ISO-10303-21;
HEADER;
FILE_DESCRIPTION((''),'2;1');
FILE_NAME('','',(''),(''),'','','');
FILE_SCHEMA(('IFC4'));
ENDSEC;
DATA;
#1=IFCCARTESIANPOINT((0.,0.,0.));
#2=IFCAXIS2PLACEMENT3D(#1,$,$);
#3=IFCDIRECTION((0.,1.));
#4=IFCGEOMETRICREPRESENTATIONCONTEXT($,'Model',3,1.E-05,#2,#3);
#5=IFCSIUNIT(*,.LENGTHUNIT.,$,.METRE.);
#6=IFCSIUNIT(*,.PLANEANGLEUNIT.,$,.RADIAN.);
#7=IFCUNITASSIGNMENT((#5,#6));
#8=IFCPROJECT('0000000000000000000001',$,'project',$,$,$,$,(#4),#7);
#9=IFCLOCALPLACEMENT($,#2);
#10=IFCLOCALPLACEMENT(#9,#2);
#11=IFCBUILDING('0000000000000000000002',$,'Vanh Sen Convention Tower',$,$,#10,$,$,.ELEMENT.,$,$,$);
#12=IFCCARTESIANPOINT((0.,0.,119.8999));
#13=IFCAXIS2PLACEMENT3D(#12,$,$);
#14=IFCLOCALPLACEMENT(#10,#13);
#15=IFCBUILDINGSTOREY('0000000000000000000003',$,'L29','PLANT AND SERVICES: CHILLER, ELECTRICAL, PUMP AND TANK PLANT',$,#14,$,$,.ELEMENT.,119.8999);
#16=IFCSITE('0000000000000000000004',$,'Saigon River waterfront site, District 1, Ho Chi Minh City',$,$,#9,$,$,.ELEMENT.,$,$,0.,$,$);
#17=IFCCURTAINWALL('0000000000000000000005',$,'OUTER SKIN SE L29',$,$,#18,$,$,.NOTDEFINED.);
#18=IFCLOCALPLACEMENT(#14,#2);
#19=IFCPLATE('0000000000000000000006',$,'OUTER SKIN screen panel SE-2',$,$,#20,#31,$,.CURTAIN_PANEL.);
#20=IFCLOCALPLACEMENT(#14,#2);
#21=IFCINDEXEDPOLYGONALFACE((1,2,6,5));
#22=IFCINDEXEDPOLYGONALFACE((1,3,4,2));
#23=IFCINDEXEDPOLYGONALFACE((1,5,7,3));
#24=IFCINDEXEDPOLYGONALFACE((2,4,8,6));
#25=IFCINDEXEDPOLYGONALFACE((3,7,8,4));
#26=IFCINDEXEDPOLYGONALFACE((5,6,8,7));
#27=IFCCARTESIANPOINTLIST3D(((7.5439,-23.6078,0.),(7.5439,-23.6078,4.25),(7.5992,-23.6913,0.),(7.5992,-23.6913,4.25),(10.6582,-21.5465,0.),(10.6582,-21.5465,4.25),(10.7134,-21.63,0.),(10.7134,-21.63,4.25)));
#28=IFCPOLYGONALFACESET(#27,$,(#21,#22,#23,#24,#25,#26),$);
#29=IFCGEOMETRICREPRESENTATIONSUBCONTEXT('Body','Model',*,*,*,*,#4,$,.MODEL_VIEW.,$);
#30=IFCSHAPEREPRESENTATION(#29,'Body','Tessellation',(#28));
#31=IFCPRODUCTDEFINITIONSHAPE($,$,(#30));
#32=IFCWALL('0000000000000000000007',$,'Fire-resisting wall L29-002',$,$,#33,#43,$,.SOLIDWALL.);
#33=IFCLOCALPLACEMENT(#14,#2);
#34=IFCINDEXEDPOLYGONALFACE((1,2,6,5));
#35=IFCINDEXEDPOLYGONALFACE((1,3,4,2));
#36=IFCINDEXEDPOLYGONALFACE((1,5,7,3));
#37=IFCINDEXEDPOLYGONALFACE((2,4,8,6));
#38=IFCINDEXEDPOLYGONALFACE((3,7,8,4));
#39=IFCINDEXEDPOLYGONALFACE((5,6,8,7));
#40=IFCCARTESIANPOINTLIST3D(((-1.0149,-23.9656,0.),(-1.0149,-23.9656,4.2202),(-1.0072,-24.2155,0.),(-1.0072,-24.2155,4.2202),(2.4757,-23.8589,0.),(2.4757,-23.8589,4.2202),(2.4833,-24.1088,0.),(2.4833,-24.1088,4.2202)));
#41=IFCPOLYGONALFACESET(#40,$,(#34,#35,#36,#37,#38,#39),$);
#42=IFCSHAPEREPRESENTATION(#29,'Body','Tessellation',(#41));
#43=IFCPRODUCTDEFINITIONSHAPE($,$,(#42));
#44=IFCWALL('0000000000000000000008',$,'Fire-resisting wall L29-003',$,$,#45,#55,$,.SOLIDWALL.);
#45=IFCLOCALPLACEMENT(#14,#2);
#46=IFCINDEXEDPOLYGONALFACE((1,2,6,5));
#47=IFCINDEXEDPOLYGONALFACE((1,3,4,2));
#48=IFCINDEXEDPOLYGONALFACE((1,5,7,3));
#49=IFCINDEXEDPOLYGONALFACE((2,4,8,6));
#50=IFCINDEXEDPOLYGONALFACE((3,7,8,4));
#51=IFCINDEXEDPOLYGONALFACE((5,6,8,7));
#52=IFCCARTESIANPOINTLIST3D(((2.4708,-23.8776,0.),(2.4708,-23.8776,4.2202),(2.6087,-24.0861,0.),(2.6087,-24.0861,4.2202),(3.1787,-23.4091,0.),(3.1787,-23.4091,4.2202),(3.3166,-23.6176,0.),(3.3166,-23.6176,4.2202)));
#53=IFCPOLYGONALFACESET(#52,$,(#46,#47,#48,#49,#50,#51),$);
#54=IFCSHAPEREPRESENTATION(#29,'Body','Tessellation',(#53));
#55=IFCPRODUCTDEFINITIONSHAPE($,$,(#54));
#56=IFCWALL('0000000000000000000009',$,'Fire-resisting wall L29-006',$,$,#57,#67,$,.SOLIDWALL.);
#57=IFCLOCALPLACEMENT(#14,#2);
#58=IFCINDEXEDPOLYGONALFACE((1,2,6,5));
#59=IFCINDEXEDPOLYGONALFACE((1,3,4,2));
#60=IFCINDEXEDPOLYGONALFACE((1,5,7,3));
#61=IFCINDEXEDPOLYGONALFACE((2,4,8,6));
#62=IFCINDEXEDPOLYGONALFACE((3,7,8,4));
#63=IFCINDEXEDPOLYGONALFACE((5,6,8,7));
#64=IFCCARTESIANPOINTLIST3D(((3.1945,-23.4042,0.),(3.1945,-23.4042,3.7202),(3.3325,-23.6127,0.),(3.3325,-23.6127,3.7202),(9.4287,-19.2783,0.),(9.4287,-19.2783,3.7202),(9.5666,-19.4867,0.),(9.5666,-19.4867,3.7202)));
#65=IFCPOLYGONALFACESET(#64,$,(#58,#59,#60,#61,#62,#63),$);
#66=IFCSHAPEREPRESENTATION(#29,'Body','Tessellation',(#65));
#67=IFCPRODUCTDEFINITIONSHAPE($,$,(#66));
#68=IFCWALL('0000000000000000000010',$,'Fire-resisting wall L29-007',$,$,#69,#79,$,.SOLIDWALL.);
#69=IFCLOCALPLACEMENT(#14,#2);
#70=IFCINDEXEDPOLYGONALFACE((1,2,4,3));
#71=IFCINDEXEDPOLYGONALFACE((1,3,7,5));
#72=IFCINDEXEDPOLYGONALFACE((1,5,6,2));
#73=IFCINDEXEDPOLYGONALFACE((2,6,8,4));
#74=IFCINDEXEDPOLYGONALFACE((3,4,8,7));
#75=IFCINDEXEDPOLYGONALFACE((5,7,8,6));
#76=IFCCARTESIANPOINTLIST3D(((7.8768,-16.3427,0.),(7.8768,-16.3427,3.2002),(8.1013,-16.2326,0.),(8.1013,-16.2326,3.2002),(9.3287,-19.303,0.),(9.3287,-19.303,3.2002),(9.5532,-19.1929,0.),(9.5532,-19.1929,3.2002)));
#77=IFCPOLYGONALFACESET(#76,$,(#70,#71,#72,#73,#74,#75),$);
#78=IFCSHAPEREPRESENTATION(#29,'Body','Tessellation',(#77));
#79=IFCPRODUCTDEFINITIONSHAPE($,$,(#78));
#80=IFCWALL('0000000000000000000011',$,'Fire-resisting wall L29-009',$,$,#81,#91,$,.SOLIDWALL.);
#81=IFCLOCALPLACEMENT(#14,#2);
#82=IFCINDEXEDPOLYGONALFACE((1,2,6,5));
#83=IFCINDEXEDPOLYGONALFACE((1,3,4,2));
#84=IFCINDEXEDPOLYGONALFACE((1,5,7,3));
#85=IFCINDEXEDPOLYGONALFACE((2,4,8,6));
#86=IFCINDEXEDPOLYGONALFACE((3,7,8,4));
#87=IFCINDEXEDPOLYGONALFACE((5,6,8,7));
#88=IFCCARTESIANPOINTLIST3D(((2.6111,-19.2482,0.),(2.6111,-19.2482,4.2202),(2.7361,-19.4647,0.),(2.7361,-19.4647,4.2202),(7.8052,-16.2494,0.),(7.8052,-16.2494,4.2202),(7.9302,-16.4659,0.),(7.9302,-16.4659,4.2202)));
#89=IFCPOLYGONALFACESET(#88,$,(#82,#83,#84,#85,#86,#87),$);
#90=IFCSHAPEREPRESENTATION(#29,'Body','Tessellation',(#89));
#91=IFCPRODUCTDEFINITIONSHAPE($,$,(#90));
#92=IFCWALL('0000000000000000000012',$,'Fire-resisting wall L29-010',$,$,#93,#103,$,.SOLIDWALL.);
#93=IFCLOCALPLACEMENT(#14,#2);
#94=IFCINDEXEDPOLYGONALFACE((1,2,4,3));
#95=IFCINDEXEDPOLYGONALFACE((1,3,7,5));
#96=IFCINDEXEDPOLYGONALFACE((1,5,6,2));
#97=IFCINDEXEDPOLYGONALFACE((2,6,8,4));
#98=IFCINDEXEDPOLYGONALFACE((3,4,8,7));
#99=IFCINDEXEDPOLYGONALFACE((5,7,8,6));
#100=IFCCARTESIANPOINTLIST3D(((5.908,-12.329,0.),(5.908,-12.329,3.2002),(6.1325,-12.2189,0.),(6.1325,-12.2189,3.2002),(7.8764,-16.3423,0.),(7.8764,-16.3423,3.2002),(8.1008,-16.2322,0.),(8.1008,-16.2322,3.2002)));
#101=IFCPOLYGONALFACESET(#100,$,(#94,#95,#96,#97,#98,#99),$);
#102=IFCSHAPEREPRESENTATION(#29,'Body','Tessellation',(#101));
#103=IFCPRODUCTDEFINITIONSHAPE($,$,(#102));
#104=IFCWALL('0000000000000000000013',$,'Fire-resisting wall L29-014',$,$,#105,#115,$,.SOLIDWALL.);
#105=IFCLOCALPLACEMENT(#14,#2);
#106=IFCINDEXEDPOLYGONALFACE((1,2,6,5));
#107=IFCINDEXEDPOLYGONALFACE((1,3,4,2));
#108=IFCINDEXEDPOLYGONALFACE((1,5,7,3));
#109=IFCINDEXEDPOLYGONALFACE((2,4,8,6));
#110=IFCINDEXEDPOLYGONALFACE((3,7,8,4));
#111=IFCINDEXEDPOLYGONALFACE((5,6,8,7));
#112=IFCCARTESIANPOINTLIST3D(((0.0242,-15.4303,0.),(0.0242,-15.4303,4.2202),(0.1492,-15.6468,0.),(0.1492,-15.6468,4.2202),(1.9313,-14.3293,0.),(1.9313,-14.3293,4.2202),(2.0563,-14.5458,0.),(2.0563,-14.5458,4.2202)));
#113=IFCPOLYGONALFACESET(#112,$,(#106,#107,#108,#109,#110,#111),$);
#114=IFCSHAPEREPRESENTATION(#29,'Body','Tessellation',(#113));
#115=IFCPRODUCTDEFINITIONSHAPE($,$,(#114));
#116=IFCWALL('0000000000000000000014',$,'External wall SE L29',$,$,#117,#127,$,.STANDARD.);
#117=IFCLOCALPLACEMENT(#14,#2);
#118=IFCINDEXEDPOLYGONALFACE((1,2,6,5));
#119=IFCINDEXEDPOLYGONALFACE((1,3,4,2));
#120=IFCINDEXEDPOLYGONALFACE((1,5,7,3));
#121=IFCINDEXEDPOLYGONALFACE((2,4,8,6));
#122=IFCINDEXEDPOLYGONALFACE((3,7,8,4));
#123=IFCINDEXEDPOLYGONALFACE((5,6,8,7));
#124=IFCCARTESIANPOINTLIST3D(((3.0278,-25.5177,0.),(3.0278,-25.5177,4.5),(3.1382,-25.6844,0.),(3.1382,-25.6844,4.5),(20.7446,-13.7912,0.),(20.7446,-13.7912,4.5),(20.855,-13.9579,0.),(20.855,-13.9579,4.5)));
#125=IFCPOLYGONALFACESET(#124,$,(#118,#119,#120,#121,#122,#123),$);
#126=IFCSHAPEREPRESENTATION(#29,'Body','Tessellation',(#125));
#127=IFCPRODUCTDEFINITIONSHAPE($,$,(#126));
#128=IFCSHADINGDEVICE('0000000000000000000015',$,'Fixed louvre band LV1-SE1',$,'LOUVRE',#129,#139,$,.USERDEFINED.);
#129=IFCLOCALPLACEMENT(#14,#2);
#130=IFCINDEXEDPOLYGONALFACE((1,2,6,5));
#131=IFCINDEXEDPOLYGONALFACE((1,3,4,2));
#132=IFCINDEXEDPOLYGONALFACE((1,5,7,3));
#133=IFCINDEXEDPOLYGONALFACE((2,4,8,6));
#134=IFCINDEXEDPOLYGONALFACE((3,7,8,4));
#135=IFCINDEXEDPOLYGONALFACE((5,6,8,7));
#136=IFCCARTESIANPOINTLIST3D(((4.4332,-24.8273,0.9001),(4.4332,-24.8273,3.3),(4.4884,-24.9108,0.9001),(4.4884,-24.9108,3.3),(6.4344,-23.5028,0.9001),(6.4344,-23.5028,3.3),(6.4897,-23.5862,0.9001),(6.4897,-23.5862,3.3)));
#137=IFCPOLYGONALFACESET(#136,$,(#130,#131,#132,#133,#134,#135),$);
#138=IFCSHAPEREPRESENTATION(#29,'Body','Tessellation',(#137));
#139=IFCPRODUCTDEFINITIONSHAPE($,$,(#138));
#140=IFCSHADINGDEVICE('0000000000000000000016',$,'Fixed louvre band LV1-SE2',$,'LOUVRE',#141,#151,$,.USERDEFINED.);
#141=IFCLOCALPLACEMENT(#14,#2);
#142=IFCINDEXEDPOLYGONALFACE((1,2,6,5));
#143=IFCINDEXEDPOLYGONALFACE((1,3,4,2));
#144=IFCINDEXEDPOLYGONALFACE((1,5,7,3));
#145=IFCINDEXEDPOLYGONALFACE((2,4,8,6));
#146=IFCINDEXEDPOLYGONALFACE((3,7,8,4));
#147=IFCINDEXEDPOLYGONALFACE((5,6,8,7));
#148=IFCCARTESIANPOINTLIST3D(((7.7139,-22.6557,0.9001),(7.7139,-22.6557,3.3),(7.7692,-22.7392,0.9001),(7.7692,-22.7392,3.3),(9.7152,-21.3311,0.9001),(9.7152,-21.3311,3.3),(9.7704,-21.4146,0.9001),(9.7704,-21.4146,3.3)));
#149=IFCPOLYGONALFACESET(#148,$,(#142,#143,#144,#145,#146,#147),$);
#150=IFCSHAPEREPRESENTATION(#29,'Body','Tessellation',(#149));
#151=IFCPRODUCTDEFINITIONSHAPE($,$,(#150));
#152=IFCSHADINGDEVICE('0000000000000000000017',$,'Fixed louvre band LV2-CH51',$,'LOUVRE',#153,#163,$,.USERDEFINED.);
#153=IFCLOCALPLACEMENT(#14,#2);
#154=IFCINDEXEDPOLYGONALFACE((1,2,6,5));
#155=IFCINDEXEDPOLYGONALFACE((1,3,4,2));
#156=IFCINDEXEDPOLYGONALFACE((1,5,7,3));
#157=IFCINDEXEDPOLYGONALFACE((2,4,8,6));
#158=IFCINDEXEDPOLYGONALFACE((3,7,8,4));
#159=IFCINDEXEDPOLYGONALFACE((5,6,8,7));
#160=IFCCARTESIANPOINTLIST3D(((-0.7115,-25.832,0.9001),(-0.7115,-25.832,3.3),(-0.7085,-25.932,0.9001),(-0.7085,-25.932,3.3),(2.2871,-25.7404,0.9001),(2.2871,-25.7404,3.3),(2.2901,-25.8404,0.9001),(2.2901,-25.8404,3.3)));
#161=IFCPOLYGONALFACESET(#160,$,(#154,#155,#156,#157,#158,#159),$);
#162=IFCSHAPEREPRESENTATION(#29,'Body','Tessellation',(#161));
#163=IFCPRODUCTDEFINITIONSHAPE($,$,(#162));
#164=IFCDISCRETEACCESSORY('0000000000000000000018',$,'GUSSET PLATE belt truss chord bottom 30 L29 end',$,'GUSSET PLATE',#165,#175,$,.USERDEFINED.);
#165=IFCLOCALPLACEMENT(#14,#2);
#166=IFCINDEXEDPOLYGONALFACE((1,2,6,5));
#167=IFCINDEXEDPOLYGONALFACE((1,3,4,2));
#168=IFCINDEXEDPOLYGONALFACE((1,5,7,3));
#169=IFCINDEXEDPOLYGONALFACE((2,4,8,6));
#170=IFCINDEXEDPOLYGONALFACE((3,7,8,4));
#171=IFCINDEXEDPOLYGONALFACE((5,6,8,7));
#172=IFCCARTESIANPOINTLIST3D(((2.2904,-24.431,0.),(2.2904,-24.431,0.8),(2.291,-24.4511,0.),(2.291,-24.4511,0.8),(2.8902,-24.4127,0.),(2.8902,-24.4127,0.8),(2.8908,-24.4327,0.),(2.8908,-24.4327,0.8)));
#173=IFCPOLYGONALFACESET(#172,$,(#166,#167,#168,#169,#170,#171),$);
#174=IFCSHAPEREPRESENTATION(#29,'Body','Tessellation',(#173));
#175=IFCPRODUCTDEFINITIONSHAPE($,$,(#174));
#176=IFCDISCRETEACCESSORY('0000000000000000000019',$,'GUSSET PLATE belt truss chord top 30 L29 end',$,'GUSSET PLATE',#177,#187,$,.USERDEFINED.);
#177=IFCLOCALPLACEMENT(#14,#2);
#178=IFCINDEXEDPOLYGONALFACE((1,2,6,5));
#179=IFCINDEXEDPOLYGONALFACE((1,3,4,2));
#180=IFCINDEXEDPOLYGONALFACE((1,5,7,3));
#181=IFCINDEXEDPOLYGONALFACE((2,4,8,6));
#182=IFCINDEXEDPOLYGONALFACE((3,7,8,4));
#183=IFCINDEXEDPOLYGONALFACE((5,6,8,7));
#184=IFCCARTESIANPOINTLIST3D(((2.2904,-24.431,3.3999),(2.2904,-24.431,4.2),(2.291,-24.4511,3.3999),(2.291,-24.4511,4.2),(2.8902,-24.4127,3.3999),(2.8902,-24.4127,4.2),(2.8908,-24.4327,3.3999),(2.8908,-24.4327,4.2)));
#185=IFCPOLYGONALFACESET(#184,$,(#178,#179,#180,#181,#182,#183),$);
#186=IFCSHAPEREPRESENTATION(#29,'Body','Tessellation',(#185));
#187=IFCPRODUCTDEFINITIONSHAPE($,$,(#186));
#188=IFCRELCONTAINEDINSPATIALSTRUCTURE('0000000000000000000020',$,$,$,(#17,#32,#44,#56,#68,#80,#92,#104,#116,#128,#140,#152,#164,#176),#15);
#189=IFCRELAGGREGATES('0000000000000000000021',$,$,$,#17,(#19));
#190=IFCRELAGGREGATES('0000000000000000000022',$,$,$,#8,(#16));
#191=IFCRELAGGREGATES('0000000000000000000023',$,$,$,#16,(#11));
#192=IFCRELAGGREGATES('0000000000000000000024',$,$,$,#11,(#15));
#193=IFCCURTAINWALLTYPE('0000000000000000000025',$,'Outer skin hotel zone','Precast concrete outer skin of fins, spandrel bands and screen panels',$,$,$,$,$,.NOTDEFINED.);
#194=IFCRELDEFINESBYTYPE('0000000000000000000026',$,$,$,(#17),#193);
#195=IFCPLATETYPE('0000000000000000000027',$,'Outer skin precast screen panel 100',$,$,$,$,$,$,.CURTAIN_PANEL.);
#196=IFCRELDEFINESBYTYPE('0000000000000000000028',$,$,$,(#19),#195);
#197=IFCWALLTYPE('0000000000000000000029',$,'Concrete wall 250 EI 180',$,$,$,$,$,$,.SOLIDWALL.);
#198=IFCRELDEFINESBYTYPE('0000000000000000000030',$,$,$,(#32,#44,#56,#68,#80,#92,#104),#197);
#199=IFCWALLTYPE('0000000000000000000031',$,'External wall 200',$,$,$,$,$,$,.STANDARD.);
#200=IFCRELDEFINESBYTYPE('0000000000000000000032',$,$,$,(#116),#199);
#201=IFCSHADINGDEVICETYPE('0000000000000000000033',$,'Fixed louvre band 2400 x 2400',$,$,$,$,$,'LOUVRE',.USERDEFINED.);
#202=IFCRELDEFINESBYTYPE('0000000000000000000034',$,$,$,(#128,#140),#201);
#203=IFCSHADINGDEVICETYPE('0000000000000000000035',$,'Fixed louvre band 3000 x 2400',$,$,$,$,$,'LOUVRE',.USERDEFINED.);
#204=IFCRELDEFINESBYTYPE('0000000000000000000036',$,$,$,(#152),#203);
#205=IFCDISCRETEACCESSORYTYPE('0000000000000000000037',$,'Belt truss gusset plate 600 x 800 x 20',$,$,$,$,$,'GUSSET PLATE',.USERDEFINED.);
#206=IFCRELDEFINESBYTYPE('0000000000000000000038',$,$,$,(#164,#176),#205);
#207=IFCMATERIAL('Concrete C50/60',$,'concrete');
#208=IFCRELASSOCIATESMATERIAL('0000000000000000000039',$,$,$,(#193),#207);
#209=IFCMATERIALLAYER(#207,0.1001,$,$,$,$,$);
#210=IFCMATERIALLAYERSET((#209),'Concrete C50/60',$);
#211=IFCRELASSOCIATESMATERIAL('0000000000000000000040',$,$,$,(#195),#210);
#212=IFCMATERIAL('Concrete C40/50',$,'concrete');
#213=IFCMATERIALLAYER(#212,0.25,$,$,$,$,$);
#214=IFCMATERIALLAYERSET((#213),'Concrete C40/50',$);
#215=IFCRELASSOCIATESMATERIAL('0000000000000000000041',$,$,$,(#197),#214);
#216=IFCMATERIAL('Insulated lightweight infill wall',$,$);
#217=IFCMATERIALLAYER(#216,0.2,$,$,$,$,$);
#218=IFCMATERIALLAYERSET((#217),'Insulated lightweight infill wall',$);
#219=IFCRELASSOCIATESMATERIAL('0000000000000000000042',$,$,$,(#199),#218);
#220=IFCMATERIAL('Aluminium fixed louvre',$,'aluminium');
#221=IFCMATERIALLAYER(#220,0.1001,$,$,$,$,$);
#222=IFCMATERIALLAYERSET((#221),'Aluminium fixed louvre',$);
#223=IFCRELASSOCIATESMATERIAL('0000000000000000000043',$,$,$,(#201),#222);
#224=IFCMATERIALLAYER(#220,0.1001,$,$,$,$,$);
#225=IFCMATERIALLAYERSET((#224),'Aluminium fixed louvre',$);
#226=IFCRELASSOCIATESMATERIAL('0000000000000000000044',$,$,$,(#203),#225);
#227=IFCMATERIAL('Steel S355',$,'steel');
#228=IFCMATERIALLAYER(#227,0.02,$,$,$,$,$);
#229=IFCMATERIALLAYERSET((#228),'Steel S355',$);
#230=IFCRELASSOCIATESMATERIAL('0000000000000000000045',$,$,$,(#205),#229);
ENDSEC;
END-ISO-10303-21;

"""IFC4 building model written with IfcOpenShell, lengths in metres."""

from ifc_helpers import new_model, si_unit, direction, frame, frame_2d, origin, origin_2d, place, context, subcontext, project, spatial, rectangle, extrude, material, layer, layer_set, type_object, element, aggregate, save


model = new_model("IFC4")

# Units and contexts
model_context = context("Model", 3, precision=1e-05, world=origin(), true_north=direction((0.0, 1.0)))
body_context = subcontext(model_context, "Body", "Model", "MODEL_VIEW")
ifc_project = project(units=[si_unit("LENGTHUNIT", "METRE"), si_unit("PLANEANGLEUNIT", "RADIAN")], contexts=[model_context])

# Site, building, storey
site_placement = place(None, origin())
site = spatial("IfcSite", under=ifc_project, at=site_placement, Name="Saigon River waterfront site, District 1, Ho Chi Minh City", CompositionType="ELEMENT", RefElevation=0.0)
building_placement = place(site_placement, origin())
building = spatial("IfcBuilding", under=site, at=building_placement, Name="Vanh Sen Convention Tower", CompositionType="ELEMENT")
storey_placement = place(building_placement, frame((0.0, 0.0, 119.8999)))
storey = spatial("IfcBuildingStorey", under=building, at=storey_placement, Name="L29", Description="PLANT AND SERVICES: CHILLER, ELECTRICAL, PUMP AND TANK PLANT", CompositionType="ELEMENT", Elevation=119.8999)

# Shared definitions
ifc_material_1 = material(Name="Steel S355", Category="steel")

# Curtain wall
ifc_material_2 = material(Name="Concrete C50/60", Category="concrete")
curtain_wall_type = type_object("IfcCurtainWallType", Name="Outer skin hotel zone", Description="Precast concrete outer skin of fins, spandrel bands and screen panels", PredefinedType="NOTDEFINED", material=ifc_material_2)
curtain_wall_1_placement = place(storey_placement, origin())
curtain_wall_1 = element("IfcCurtainWall", 1, at=curtain_wall_1_placement, inside=storey, type_object=curtain_wall_type, Name="OUTER SKIN SE L29", PredefinedType="NOTDEFINED")

# Shared definitions
ifc_layer_1 = layer(ifc_material_2, 0.1001)
ifc_layer_set_1 = layer_set([ifc_layer_1], Name="Concrete C50/60")
plate_type = type_object("IfcPlateType", Name="Outer skin precast screen panel 100", PredefinedType="CURTAIN_PANEL", material=ifc_layer_set_1)

# Plate
plate_1_placement = place(storey_placement, frame((9.1287, -22.6189, 0.0), z_axis=(0.0, 0.0, 1.0), x_axis=(0.833892, 0.551928, 0.0)))
plate_1 = element("IfcPlate", 2, at=plate_1_placement, type_object=plate_type, Name="OUTER SKIN screen panel SE-2", PredefinedType="CURTAIN_PANEL", context=body_context, shape_type="SweptSolid", body=[
    extrude(rectangle(XDim=3.7346, YDim=0.1001, at=origin_2d()), origin(), (0.0, 0.0, 1.0), 4.25),
])
aggregate(curtain_wall_1, [plate_1])

# Walls
ifc_material_3 = material(Name="Concrete C40/50", Category="concrete")
ifc_layer_2 = layer(ifc_material_3, 0.25)
ifc_layer_set_2 = layer_set([ifc_layer_2], Name="Concrete C40/50")
wall_type_1 = type_object("IfcWallType", Name="Concrete wall 250 EI 180", PredefinedType="SOLIDWALL", material=ifc_layer_set_2)
wall_1_placement = place(storey_placement, frame((2.4795, -23.9839, 0.0), z_axis=(0.0, 0.0, 1.0), x_axis=(-0.999533, -0.030552, 0.0)))
element("IfcWall", 3, at=wall_1_placement, inside=storey, type_object=wall_type_1, Name="Fire-resisting wall L29-002", PredefinedType="SOLIDWALL", context=body_context, shape_type="SweptSolid", body=[
    extrude(rectangle(XDim=3.4922, YDim=0.25, at=frame_2d((1.7461, 0.0))), origin(), (0.0, 0.0, 1.0), 4.2202),
])
wall_2_placement = place(storey_placement, frame((3.2476, -23.5134, 0.0), z_axis=(0.0, 0.0, 1.0), x_axis=(-0.833948, -0.551843, 0.0)))
element("IfcWall", 4, at=wall_2_placement, inside=storey, type_object=wall_type_1, Name="Fire-resisting wall L29-003", PredefinedType="SOLIDWALL", context=body_context, shape_type="SweptSolid", body=[
    extrude(rectangle(XDim=0.8489, YDim=0.25, at=frame_2d((0.4243, 0.0))), origin(), (0.0, 0.0, 1.0), 4.2202),
])
wall_3_placement = place(storey_placement, frame((9.4976, -19.3826, 0.0), z_axis=(0.0, 0.0, 1.0), x_axis=(-0.833905, -0.551909, 0.0)))
element("IfcWall", 5, at=wall_3_placement, inside=storey, type_object=wall_type_1, Name="Fire-resisting wall L29-006", PredefinedType="SOLIDWALL", context=body_context, shape_type="SweptSolid", body=[
    extrude(rectangle(XDim=7.4758, YDim=0.25, at=frame_2d((3.7378, 0.0))), origin(), (0.0, 0.0, 1.0), 3.7202),
])
wall_4_placement = place(storey_placement, frame((9.4409, -19.2478, 0.0), z_axis=(0.0, 0.0, 1.0), x_axis=(-0.440359, 0.897822, 0.0)))
element("IfcWall", 6, at=wall_4_placement, inside=storey, type_object=wall_type_1, Name="Fire-resisting wall L29-007", PredefinedType="SOLIDWALL", context=body_context, shape_type="SweptSolid", body=[
    extrude(rectangle(XDim=3.2971, YDim=0.25, at=frame_2d((1.6484, 0.0))), origin(), (0.0, 0.0, 1.0), 3.2002),
])
wall_5_placement = place(storey_placement, frame((7.8677, -16.3577, 0.0), z_axis=(0.0, 0.0, 1.0), x_axis=(-0.866028, -0.499996, 0.0)))
element("IfcWall", 7, at=wall_5_placement, inside=storey, type_object=wall_type_1, Name="Fire-resisting wall L29-009", PredefinedType="SOLIDWALL", context=body_context, shape_type="SweptSolid", body=[
    extrude(rectangle(XDim=5.9976, YDim=0.25, at=frame_2d((2.9988, 0.0))), origin(), (0.0, 0.0, 1.0), 4.2202),
])
wall_6_placement = place(storey_placement, frame((7.9885, -16.2871, 0.0), z_axis=(0.0, 0.0, 1.0), x_axis=(-0.44034, 0.897831, 0.0)))
element("IfcWall", 8, at=wall_6_placement, inside=storey, type_object=wall_type_1, Name="Fire-resisting wall L29-010", PredefinedType="SOLIDWALL", context=body_context, shape_type="SweptSolid", body=[
    extrude(rectangle(XDim=4.47, YDim=0.25, at=frame_2d((2.2349, 0.0))), origin(), (0.0, 0.0, 1.0), 3.2002),
])
wall_7_placement = place(storey_placement, frame((0.0867, -15.5386, 0.0), z_axis=(0.0, 0.0, 1.0), x_axis=(0.866038, 0.499978, 0.0)))
element("IfcWall", 9, at=wall_7_placement, inside=storey, type_object=wall_type_1, Name="Fire-resisting wall L29-014", PredefinedType="SOLIDWALL", context=body_context, shape_type="SweptSolid", body=[
    extrude(rectangle(XDim=2.2021, YDim=0.25, at=frame_2d((1.1011, 0.0))), origin(), (0.0, 0.0, 1.0), 4.2202),
])
ifc_material_4 = material(Name="Insulated lightweight infill wall")
ifc_layer_3 = layer(ifc_material_4, 0.2)
ifc_layer_set_3 = layer_set([ifc_layer_3], Name="Insulated lightweight infill wall")
wall_type_2 = type_object("IfcWallType", Name="External wall 200", PredefinedType="STANDARD", material=ifc_layer_set_3)
wall_8_placement = place(storey_placement, frame((3.083, -25.6011, 0.0), z_axis=(0.0, 0.0, 1.0), x_axis=(0.833884, 0.551939, 0.0)))
element("IfcWall", 10, at=wall_8_placement, inside=storey, type_object=wall_type_2, Name="External wall SE L29", PredefinedType="STANDARD", context=body_context, shape_type="SweptSolid", body=[
    extrude(rectangle(XDim=21.2461, YDim=0.2, at=frame_2d((10.623, 0.0))), origin(), (0.0, 0.0, 1.0), 4.5),
])

# Shading devices
ifc_material_5 = material(Name="Aluminium fixed louvre", Category="aluminium")
ifc_layer_4 = layer(ifc_material_5, 0.1001)
ifc_layer_set_4 = layer_set([ifc_layer_4], Name="Aluminium fixed louvre")
shading_device_type_1 = type_object("IfcShadingDeviceType", Name="Fixed louvre band 2400 x 2400", ElementType="LOUVRE", PredefinedType="USERDEFINED", material=ifc_layer_set_4)
for number, where, z_axis, x_axis, name in (
    (11, (5.4614, -24.2068, 0.9001), (0.0, 0.0, 1.0), (0.833886, 0.551937, 0.0), "Fixed louvre band LV1-SE1"),
    (12, (8.7422, -22.0352, 0.9001), (0.0, 0.0, 1.0), (0.833886, 0.551937, 0.0), "Fixed louvre band LV1-SE2"),
):
    element("IfcShadingDevice", number, at=place(storey_placement, frame(where, z_axis=z_axis, x_axis=x_axis)), inside=storey, type_object=shading_device_type_1, Name=name, ObjectType="LOUVRE", PredefinedType="USERDEFINED", context=body_context, shape_type="SweptSolid", body=[
        extrude(rectangle(XDim=2.3999, YDim=0.1001, at=origin_2d()), origin(), (0.0, 0.0, 1.0), 2.3999),
    ])
ifc_layer_5 = layer(ifc_material_5, 0.1001)
ifc_layer_set_5 = layer_set([ifc_layer_5], Name="Aluminium fixed louvre")
shading_device_type_2 = type_object("IfcShadingDeviceType", Name="Fixed louvre band 3000 x 2400", ElementType="LOUVRE", PredefinedType="USERDEFINED", material=ifc_layer_set_5)
shading_device_placement = place(storey_placement, frame((0.7893, -25.8362, 0.9001), z_axis=(0.0, 0.0, 1.0), x_axis=(0.999534, 0.030537, 0.0)))
element("IfcShadingDevice", 13, at=shading_device_placement, inside=storey, type_object=shading_device_type_2, Name="Fixed louvre band LV2-CH51", ObjectType="LOUVRE", PredefinedType="USERDEFINED", context=body_context, shape_type="SweptSolid", body=[
    extrude(rectangle(XDim=3.0, YDim=0.1001, at=origin_2d()), origin(), (0.0, 0.0, 1.0), 2.3999),
])

# Discrete accessories
ifc_layer_6 = layer(ifc_material_1, 0.02)
ifc_layer_set_6 = layer_set([ifc_layer_6], Name="Steel S355")
discrete_accessory_type_1 = type_object("IfcDiscreteAccessoryType", Name="Belt truss gusset plate 600 x 800 x 20", ElementType="GUSSET PLATE", PredefinedType="USERDEFINED", material=ifc_layer_set_6)
for number, where, z_axis, x_axis, name in (
    (14, (2.5906, -24.4319, 0.0), (0.0, 0.0, 1.0), (-0.999533, -0.030542, 0.0), "GUSSET PLATE belt truss chord bottom 30 L29 end"),
    (15, (2.5906, -24.4319, 3.3999), (0.0, 0.0, 1.0), (-0.999533, -0.030542, 0.0), "GUSSET PLATE belt truss chord top 30 L29 end"),
):
    element("IfcDiscreteAccessory", number, at=place(storey_placement, frame(where, z_axis=z_axis, x_axis=x_axis)), inside=storey, type_object=discrete_accessory_type_1, Name=name, ObjectType="GUSSET PLATE", PredefinedType="USERDEFINED", context=body_context, shape_type="SweptSolid", body=[
        extrude(rectangle(XDim=0.6001, YDim=0.02, at=origin_2d()), origin(), (0.0, 0.0, 1.0), 0.8),
    ])

save(model, "model.ifc")
